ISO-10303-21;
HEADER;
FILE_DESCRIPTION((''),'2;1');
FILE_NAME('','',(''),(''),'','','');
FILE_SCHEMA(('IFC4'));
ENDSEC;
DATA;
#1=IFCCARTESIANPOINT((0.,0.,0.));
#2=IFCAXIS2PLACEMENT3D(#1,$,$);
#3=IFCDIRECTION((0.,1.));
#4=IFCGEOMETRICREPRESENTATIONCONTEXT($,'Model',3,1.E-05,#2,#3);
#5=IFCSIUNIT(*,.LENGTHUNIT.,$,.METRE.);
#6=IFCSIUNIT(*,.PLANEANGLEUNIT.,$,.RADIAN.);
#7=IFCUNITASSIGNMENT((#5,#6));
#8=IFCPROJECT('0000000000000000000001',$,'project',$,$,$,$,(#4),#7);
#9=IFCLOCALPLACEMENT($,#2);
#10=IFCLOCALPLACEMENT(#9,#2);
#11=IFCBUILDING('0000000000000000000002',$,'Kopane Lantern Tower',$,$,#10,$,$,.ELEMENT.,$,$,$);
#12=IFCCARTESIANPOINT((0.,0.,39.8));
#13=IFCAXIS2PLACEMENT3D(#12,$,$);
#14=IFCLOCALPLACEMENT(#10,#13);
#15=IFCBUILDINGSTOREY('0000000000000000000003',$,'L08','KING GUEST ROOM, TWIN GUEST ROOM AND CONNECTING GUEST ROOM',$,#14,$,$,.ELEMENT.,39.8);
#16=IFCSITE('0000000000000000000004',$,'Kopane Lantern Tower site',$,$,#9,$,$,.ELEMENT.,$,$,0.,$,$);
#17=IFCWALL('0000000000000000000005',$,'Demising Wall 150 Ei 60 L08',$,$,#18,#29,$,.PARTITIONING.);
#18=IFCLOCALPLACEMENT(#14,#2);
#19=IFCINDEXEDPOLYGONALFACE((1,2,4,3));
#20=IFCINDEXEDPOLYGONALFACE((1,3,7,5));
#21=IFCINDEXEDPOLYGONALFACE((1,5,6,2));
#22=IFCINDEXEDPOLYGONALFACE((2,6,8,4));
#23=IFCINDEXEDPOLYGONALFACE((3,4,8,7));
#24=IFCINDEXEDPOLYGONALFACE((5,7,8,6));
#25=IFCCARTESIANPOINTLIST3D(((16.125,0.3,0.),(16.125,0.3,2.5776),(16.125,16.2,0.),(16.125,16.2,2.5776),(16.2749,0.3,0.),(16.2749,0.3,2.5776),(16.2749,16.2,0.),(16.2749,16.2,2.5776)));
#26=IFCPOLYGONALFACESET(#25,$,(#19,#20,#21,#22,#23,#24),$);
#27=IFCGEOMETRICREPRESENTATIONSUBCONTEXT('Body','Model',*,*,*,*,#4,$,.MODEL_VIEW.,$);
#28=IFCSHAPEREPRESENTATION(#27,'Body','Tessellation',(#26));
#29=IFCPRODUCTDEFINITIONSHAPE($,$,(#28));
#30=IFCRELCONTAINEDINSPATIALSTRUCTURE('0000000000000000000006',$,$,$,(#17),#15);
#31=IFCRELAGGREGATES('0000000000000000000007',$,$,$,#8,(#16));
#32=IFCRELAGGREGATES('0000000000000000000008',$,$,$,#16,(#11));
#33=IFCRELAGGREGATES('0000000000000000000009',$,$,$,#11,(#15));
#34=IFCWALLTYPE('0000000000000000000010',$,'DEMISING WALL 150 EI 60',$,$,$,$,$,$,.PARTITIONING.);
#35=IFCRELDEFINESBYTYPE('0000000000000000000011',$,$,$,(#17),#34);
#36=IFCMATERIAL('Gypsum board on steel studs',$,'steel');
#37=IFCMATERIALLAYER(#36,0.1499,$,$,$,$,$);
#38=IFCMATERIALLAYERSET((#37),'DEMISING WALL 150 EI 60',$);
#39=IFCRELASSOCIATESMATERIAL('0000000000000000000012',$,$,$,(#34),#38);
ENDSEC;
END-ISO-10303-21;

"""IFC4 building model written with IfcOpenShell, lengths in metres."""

from ifc_helpers import new_model, si_unit, direction, frame, frame_2d, origin, place, context, subcontext, project, spatial, rectangle, extrude, material, layer, layer_set, type_object, element, save


model = new_model("IFC4")

# Units and contexts
model_context = context("Model", 3, precision=1e-05, world=origin(), true_north=direction((0.0, 1.0)))
body_context = subcontext(model_context, "Body", "Model", "MODEL_VIEW")
ifc_project = project(units=[si_unit("LENGTHUNIT", "METRE"), si_unit("PLANEANGLEUNIT", "RADIAN")], contexts=[model_context])

# Site, building, storey
site_placement = place(None, origin())
site = spatial("IfcSite", under=ifc_project, at=site_placement, Name="Kopane Lantern Tower site", CompositionType="ELEMENT", RefElevation=0.0)
building_placement = place(site_placement, origin())
building = spatial("IfcBuilding", under=site, at=building_placement, Name="Kopane Lantern Tower", CompositionType="ELEMENT")
storey_placement = place(building_placement, frame((0.0, 0.0, 39.8)))
storey = spatial("IfcBuildingStorey", under=building, at=storey_placement, Name="L08", Description="KING GUEST ROOM, TWIN GUEST ROOM AND CONNECTING GUEST ROOM", CompositionType="ELEMENT", Elevation=39.8)

# Wall
ifc_material_1 = material(Name="Gypsum board on steel studs", Category="steel")
ifc_layer_1 = layer(ifc_material_1, 0.1499)
ifc_layer_set_1 = layer_set([ifc_layer_1], Name="DEMISING WALL 150 EI 60")
wall_type_1 = type_object("IfcWallType", Name="DEMISING WALL 150 EI 60", PredefinedType="PARTITIONING", material=ifc_layer_set_1)
wall_1_placement = place(storey_placement, frame((16.2, 16.2, 0.0), z_axis=(0.0, 0.0, 1.0), x_axis=(0.0, -1.0, 0.0)))
element("IfcWall", 1, at=wall_1_placement, inside=storey, type_object=wall_type_1, Name="Demising Wall 150 Ei 60 L08", PredefinedType="PARTITIONING", context=body_context, shape_type="SweptSolid", body=[
    extrude(rectangle(XDim=15.8999, YDim=0.1499, at=frame_2d((7.95, 0.0))), origin(), (0.0, 0.0, 1.0), 2.5776),
])

save(model, "model.ifc")
